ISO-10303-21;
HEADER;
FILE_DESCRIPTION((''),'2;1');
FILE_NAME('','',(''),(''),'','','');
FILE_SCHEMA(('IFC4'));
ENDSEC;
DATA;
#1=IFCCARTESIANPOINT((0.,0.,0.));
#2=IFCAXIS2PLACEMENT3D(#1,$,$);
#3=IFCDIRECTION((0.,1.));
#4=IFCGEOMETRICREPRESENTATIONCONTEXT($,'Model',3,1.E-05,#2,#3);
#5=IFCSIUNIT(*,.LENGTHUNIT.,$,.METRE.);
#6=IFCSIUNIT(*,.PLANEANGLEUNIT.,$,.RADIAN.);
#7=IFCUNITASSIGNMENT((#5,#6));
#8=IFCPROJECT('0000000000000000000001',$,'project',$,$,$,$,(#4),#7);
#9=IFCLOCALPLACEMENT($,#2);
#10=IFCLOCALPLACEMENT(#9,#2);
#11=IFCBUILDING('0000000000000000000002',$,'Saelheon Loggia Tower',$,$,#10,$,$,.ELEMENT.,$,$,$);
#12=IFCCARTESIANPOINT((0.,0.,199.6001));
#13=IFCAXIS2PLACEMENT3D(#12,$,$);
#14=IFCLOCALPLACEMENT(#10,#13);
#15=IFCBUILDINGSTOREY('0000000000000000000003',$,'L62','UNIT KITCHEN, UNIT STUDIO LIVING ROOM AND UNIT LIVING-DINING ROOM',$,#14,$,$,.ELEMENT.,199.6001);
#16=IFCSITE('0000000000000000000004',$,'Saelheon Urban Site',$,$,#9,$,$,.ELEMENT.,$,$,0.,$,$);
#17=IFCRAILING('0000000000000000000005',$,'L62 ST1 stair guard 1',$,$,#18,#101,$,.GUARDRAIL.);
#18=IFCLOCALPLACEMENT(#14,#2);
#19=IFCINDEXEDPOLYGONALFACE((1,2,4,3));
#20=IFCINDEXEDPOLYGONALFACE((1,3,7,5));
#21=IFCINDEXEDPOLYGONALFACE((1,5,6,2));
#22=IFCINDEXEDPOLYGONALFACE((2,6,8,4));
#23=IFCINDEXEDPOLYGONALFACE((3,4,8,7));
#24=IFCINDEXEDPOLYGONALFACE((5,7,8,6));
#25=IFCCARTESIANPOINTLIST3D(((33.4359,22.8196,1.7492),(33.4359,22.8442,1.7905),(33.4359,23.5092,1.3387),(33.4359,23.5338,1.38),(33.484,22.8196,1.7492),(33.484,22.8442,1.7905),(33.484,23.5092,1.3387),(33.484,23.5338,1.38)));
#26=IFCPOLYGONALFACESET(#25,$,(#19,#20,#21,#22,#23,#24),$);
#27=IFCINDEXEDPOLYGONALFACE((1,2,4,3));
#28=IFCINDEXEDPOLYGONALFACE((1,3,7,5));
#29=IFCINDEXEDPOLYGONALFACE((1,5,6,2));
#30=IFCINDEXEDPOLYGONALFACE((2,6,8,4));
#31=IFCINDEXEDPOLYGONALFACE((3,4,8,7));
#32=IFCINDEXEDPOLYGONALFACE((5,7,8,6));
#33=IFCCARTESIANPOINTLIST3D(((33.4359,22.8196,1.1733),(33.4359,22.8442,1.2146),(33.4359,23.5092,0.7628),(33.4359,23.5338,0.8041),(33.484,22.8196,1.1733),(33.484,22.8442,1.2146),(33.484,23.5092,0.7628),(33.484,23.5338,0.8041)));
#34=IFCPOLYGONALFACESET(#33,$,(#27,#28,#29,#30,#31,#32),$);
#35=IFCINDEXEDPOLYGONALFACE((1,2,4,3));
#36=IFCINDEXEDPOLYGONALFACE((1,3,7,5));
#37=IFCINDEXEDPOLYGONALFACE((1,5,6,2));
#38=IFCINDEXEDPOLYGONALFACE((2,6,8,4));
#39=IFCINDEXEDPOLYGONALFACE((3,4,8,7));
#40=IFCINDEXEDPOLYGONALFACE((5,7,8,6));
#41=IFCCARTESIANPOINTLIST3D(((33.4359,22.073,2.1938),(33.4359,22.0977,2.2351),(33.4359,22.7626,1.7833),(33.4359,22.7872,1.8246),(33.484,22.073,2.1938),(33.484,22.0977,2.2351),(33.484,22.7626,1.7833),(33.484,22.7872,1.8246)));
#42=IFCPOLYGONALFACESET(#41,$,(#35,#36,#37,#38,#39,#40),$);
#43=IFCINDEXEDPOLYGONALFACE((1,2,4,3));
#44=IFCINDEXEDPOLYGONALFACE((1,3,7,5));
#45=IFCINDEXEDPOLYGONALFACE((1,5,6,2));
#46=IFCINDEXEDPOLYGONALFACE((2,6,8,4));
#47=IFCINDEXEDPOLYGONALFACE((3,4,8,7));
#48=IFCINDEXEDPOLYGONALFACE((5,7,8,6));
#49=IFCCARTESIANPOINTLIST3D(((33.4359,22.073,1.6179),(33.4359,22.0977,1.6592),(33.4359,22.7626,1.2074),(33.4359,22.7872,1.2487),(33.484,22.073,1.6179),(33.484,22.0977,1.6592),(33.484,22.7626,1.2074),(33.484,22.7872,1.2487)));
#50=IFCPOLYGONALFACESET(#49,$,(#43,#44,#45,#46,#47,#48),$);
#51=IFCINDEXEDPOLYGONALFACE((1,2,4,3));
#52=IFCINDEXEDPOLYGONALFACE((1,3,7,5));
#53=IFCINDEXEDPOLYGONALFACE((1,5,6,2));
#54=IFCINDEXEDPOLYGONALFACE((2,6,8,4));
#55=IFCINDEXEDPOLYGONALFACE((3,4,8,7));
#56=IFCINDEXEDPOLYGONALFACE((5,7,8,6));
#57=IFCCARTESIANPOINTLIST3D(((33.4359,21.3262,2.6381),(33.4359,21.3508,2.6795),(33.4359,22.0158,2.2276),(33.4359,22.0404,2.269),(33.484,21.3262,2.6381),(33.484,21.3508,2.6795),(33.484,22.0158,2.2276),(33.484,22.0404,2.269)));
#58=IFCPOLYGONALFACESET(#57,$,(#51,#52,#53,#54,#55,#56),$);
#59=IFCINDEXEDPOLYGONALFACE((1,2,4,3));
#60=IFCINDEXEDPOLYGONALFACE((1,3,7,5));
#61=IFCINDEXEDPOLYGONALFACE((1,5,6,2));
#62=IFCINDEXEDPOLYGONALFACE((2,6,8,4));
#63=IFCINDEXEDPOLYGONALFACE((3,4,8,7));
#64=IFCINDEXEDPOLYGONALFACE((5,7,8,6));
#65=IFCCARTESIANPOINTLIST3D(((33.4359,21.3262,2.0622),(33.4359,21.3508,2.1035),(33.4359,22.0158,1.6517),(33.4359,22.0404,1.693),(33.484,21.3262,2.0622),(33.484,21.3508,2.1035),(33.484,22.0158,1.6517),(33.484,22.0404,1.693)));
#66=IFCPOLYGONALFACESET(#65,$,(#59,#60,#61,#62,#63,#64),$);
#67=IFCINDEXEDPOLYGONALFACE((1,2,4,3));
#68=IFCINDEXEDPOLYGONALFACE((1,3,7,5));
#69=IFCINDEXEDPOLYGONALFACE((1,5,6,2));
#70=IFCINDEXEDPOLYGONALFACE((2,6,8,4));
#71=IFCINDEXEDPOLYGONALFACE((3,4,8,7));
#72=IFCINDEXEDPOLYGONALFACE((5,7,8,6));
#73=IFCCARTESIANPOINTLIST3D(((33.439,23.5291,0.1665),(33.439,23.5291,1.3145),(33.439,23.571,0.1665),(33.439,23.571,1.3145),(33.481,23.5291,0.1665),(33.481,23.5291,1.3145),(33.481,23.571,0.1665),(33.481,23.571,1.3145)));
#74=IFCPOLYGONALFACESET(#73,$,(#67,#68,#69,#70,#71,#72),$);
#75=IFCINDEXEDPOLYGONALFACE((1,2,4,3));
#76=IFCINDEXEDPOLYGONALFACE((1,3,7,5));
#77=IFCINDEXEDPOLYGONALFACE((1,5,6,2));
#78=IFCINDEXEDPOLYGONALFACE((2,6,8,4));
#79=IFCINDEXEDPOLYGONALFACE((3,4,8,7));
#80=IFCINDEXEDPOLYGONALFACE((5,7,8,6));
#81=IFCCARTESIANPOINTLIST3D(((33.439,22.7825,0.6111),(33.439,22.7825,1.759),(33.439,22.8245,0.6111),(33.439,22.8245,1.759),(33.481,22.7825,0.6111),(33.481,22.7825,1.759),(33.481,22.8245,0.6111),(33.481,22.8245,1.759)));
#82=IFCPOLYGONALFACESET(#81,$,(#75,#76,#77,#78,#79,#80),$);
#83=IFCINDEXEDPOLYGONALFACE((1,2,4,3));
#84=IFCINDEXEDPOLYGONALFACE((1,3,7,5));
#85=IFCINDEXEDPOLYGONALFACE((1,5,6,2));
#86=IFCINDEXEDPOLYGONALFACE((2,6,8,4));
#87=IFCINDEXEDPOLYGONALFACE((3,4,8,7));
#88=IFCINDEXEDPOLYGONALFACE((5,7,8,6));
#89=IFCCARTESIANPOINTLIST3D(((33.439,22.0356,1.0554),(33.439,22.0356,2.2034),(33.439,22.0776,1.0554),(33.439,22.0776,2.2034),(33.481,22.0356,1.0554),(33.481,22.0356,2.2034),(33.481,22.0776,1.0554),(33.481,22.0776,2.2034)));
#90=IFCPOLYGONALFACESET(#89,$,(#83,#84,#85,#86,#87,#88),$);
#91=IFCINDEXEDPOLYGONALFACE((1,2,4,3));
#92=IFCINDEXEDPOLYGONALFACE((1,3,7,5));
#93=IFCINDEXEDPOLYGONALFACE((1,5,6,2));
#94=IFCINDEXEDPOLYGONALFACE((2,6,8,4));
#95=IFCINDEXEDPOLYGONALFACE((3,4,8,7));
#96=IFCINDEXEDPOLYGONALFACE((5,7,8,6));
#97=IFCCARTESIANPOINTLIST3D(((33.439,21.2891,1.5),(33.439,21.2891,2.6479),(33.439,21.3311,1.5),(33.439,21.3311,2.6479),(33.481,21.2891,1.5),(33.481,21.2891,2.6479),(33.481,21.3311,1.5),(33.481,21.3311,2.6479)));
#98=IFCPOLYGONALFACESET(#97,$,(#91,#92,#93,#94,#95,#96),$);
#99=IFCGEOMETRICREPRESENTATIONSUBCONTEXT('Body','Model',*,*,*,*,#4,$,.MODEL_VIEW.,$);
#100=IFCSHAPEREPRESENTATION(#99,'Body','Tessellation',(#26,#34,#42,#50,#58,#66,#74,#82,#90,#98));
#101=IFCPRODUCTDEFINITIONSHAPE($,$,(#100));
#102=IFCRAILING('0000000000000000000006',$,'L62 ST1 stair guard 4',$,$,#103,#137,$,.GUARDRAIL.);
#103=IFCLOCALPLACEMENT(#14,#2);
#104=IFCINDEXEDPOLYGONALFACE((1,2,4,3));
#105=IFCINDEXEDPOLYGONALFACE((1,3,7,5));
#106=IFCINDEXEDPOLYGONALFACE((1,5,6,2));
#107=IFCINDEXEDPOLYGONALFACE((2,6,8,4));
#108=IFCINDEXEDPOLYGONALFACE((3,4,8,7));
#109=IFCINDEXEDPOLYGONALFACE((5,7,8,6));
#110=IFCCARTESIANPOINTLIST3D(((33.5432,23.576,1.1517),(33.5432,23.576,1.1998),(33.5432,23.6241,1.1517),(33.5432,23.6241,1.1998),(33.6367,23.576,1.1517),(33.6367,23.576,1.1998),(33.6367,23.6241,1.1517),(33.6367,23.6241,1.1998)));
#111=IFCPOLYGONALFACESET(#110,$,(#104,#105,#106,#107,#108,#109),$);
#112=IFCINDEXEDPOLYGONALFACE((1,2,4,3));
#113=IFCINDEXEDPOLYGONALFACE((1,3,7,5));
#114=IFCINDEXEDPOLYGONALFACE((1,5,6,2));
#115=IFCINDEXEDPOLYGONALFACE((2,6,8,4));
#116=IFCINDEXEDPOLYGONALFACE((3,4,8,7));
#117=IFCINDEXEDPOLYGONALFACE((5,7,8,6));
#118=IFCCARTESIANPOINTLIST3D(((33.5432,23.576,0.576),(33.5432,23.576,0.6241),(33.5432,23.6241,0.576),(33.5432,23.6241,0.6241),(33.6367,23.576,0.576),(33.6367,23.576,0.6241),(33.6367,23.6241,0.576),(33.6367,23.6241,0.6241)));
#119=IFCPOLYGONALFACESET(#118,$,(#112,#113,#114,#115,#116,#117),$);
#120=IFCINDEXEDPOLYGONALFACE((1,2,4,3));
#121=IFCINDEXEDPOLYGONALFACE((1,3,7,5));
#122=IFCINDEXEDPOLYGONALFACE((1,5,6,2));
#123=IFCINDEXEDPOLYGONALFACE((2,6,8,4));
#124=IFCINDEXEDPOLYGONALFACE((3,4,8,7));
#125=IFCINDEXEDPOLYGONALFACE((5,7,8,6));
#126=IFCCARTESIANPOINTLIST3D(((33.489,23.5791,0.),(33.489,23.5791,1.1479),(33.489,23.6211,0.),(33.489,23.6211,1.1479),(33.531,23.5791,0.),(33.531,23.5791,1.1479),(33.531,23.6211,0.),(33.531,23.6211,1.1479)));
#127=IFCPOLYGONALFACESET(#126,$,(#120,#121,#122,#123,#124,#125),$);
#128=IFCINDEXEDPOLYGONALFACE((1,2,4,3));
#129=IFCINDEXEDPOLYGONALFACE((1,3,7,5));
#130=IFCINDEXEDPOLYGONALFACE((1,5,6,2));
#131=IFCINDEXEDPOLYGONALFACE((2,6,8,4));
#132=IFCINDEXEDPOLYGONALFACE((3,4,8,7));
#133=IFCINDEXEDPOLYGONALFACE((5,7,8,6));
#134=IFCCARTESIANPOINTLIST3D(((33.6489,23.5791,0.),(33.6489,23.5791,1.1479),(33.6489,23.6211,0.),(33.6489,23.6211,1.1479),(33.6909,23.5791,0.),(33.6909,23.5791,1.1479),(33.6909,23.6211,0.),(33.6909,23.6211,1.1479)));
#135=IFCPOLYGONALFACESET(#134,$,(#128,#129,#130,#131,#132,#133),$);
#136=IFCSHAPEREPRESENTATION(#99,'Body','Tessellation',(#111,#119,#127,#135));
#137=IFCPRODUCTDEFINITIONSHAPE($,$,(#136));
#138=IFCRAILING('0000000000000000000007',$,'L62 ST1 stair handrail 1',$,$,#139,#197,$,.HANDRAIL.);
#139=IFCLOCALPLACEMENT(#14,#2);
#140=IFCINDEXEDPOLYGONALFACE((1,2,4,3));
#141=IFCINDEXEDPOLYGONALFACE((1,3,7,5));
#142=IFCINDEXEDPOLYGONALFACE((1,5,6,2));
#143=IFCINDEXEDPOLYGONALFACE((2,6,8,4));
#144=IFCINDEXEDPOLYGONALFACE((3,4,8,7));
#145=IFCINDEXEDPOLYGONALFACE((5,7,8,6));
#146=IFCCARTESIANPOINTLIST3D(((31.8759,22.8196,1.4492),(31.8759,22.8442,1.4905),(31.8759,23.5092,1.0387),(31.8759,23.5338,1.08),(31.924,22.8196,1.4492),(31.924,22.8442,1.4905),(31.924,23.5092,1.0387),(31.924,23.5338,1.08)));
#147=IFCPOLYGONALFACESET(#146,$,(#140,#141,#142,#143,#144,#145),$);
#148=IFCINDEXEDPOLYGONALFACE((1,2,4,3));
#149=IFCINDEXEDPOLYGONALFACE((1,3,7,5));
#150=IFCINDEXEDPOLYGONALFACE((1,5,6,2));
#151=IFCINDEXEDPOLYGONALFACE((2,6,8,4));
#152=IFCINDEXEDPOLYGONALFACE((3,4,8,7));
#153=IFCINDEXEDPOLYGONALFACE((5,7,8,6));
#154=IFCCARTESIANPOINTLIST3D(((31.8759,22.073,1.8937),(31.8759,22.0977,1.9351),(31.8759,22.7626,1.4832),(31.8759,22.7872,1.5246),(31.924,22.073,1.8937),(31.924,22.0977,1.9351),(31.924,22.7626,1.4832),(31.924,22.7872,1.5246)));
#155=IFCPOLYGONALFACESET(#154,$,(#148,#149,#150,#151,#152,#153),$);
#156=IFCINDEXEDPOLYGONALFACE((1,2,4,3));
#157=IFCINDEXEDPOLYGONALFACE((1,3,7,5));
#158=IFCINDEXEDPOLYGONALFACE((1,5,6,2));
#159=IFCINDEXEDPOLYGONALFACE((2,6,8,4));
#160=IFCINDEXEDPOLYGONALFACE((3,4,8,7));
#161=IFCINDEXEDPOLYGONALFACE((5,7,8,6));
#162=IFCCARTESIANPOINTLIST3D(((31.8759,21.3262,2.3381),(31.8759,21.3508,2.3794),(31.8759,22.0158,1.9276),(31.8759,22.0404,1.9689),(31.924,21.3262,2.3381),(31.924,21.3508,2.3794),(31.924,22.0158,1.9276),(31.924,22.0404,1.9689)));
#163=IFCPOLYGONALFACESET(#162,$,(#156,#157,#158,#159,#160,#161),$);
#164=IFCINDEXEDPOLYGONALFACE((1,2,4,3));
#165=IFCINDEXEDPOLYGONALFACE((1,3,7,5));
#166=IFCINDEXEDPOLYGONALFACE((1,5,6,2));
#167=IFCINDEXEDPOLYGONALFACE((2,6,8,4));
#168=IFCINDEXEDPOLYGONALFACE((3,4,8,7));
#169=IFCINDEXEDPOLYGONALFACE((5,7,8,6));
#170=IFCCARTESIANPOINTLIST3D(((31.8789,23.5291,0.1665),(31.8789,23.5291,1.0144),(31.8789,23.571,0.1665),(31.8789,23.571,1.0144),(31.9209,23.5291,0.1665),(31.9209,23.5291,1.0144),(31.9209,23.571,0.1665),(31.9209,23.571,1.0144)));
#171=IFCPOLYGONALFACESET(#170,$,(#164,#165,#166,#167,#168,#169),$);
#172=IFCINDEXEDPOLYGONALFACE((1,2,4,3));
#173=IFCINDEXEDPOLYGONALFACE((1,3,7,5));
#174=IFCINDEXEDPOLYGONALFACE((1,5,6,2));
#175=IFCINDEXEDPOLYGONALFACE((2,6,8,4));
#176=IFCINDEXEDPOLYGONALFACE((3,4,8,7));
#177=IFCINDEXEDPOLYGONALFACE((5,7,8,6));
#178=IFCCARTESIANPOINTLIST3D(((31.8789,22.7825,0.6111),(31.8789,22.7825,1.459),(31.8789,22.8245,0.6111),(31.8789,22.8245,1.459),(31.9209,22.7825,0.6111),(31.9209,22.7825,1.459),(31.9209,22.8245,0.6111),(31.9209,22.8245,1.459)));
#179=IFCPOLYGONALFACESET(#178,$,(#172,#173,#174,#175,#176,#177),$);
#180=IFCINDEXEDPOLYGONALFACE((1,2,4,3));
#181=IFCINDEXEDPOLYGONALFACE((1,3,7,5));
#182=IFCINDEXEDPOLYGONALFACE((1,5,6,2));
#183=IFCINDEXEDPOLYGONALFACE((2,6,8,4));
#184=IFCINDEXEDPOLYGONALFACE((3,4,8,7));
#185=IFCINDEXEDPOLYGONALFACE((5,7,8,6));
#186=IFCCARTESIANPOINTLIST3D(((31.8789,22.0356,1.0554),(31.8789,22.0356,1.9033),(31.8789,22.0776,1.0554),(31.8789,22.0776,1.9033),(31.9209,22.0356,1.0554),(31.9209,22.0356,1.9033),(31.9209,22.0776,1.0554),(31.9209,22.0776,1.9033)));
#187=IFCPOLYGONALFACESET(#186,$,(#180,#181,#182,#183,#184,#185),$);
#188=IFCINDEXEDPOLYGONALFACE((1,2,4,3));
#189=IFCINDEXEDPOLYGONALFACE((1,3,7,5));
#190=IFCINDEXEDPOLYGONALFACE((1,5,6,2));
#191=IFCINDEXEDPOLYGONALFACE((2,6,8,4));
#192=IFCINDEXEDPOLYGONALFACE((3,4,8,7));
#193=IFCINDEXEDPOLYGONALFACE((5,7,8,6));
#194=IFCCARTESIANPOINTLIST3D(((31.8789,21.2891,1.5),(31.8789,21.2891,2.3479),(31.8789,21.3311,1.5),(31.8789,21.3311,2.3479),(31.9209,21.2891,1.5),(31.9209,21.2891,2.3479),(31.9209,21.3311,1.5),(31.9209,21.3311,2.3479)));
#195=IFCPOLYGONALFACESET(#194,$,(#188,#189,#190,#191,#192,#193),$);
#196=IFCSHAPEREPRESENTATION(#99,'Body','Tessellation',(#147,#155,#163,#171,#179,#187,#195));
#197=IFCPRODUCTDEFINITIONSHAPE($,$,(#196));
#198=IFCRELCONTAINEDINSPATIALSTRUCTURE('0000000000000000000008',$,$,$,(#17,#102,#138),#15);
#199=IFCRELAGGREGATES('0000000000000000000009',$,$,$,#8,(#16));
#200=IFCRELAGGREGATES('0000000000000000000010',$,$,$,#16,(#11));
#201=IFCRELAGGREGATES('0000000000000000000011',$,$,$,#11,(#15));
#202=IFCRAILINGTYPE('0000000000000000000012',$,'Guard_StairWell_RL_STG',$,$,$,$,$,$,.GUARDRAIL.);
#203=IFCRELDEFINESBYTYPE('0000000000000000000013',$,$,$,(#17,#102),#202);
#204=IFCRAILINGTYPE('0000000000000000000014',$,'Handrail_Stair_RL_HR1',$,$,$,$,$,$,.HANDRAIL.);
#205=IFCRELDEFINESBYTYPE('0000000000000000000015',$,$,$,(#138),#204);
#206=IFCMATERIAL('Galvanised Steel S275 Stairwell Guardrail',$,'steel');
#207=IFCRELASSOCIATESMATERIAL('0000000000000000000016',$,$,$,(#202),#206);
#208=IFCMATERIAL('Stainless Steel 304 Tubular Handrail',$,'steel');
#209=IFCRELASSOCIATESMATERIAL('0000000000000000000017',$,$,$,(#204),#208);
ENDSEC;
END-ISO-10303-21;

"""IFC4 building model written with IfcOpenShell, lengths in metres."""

from ifc_helpers import new_model, si_unit, direction, frame, origin, origin_2d, place, context, subcontext, project, spatial, rectangle, extrude, material, type_object, element, save


model = new_model("IFC4")

# Units and contexts
model_context = context("Model", 3, precision=1e-05, world=origin(), true_north=direction((0.0, 1.0)))
body_context = subcontext(model_context, "Body", "Model", "MODEL_VIEW")
ifc_project = project(units=[si_unit("LENGTHUNIT", "METRE"), si_unit("PLANEANGLEUNIT", "RADIAN")], contexts=[model_context])

# Site, building, storey
site_placement = place(None, origin())
site = spatial("IfcSite", under=ifc_project, at=site_placement, Name="Saelheon Urban Site", CompositionType="ELEMENT", RefElevation=0.0)
building_placement = place(site_placement, origin())
building = spatial("IfcBuilding", under=site, at=building_placement, Name="Saelheon Loggia Tower", CompositionType="ELEMENT")
storey_placement = place(building_placement, frame((0.0, 0.0, 199.6001)))
storey = spatial("IfcBuildingStorey", under=building, at=storey_placement, Name="L62", Description="UNIT KITCHEN, UNIT STUDIO LIVING ROOM AND UNIT LIVING-DINING ROOM", CompositionType="ELEMENT", Elevation=199.6001)

# Railings
ifc_material_1 = material(Name="Galvanised Steel S275 Stairwell Guardrail", Category="steel")
railing_type_1 = type_object("IfcRailingType", Name="Guard_StairWell_RL_STG", PredefinedType="GUARDRAIL", material=ifc_material_1)
railing_1_placement = place(storey_placement, frame((33.46, 23.55, 0.1665)))
element("IfcRailing", 1, at=railing_1_placement, inside=storey, type_object=railing_type_1, Name="L62 ST1 stair guard 1", PredefinedType="GUARDRAIL", context=body_context, shape_type="SweptSolid", body=[
    extrude(rectangle(XDim=0.0481, YDim=0.0481, at=origin_2d()), frame((0.0, -0.0286, 1.1929), z_axis=(0.0, -0.859264, 0.511532), x_axis=(1.0, 0.0, 0.0)), (0.0, 0.0, 1.0), 0.8025),
    extrude(rectangle(XDim=0.0481, YDim=0.0481, at=origin_2d()), frame((0.0, -0.0286, 0.6169), z_axis=(0.0, -0.859264, 0.511532), x_axis=(1.0, 0.0, 0.0)), (0.0, 0.0, 1.0), 0.8025),
    extrude(rectangle(XDim=0.0481, YDim=0.0481, at=origin_2d()), frame((0.0, -0.7751, 1.6375), z_axis=(0.0, -0.859264, 0.511532), x_axis=(1.0, 0.0, 0.0)), (0.0, 0.0, 1.0), 0.8025),
    extrude(rectangle(XDim=0.0481, YDim=0.0481, at=origin_2d()), frame((0.0, -0.7751, 1.0615), z_axis=(0.0, -0.859264, 0.511532), x_axis=(1.0, 0.0, 0.0)), (0.0, 0.0, 1.0), 0.8025),
    extrude(rectangle(XDim=0.0481, YDim=0.0481, at=origin_2d()), frame((0.0, -1.522, 2.0818), z_axis=(0.0, -0.859264, 0.511532), x_axis=(1.0, 0.0, 0.0)), (0.0, 0.0, 1.0), 0.8025),
    extrude(rectangle(XDim=0.0481, YDim=0.0481, at=origin_2d()), frame((0.0, -1.522, 1.5059), z_axis=(0.0, -0.859264, 0.511532), x_axis=(1.0, 0.0, 0.0)), (0.0, 0.0, 1.0), 0.8025),
    extrude(rectangle(XDim=0.042, YDim=0.042, at=origin_2d()), origin(), (0.0, 0.0, 1.0), 1.1479),
    extrude(rectangle(XDim=0.042, YDim=0.042, at=origin_2d()), frame((0.0, -0.7466, 0.4446)), (0.0, 0.0, 1.0), 1.1479),
    extrude(rectangle(XDim=0.042, YDim=0.042, at=origin_2d()), frame((0.0, -1.4934, 0.8889)), (0.0, 0.0, 1.0), 1.1479),
    extrude(rectangle(XDim=0.042, YDim=0.042, at=origin_2d()), frame((0.0, -2.24, 1.3335)), (0.0, 0.0, 1.0), 1.1479),
])
railing_2_placement = place(storey_placement, frame((33.51, 23.6001, 0.0)))
element("IfcRailing", 2, at=railing_2_placement, inside=storey, type_object=railing_type_1, Name="L62 ST1 stair guard 4", PredefinedType="GUARDRAIL", context=body_context, shape_type="SweptSolid", body=[
    extrude(rectangle(XDim=0.0481, YDim=0.0481, at=origin_2d()), frame((0.0332, 0.0, 1.1758), z_axis=(1.0, 0.0, 0.0), x_axis=(0.0, 1.0, 0.0)), (0.0, 0.0, 1.0), 0.0935),
    extrude(rectangle(XDim=0.0481, YDim=0.0481, at=origin_2d()), frame((0.0332, 0.0, 0.6001), z_axis=(1.0, 0.0, 0.0), x_axis=(0.0, 1.0, 0.0)), (0.0, 0.0, 1.0), 0.0935),
    extrude(rectangle(XDim=0.042, YDim=0.042, at=origin_2d()), origin(), (0.0, 0.0, 1.0), 1.1479),
    extrude(rectangle(XDim=0.042, YDim=0.042, at=origin_2d()), frame((0.1599, 0.0, 0.0)), (0.0, 0.0, 1.0), 1.1479),
])
ifc_material_2 = material(Name="Stainless Steel 304 Tubular Handrail", Category="steel")
railing_type_2 = type_object("IfcRailingType", Name="Handrail_Stair_RL_HR1", PredefinedType="HANDRAIL", material=ifc_material_2)
railing_3_placement = place(storey_placement, frame((31.8999, 23.55, 0.1665)))
element("IfcRailing", 3, at=railing_3_placement, inside=storey, type_object=railing_type_2, Name="L62 ST1 stair handrail 1", PredefinedType="HANDRAIL", context=body_context, shape_type="SweptSolid", body=[
    extrude(rectangle(XDim=0.0481, YDim=0.0481, at=origin_2d()), frame((0.0, -0.0286, 0.8928), z_axis=(0.0, -0.859264, 0.511532), x_axis=(1.0, 0.0, 0.0)), (0.0, 0.0, 1.0), 0.8025),
    extrude(rectangle(XDim=0.0481, YDim=0.0481, at=origin_2d()), frame((0.0, -0.7751, 1.3374), z_axis=(0.0, -0.859264, 0.511532), x_axis=(1.0, 0.0, 0.0)), (0.0, 0.0, 1.0), 0.8025),
    extrude(rectangle(XDim=0.0481, YDim=0.0481, at=origin_2d()), frame((0.0, -1.522, 1.7817), z_axis=(0.0, -0.859264, 0.511532), x_axis=(1.0, 0.0, 0.0)), (0.0, 0.0, 1.0), 0.8025),
    extrude(rectangle(XDim=0.042, YDim=0.042, at=origin_2d()), origin(), (0.0, 0.0, 1.0), 0.8479),
    extrude(rectangle(XDim=0.042, YDim=0.042, at=origin_2d()), frame((0.0, -0.7466, 0.4446)), (0.0, 0.0, 1.0), 0.8479),
    extrude(rectangle(XDim=0.042, YDim=0.042, at=origin_2d()), frame((0.0, -1.4934, 0.8889)), (0.0, 0.0, 1.0), 0.8479),
    extrude(rectangle(XDim=0.042, YDim=0.042, at=origin_2d()), frame((0.0, -2.24, 1.3335)), (0.0, 0.0, 1.0), 0.8479),
])

save(model, "model.ifc")
